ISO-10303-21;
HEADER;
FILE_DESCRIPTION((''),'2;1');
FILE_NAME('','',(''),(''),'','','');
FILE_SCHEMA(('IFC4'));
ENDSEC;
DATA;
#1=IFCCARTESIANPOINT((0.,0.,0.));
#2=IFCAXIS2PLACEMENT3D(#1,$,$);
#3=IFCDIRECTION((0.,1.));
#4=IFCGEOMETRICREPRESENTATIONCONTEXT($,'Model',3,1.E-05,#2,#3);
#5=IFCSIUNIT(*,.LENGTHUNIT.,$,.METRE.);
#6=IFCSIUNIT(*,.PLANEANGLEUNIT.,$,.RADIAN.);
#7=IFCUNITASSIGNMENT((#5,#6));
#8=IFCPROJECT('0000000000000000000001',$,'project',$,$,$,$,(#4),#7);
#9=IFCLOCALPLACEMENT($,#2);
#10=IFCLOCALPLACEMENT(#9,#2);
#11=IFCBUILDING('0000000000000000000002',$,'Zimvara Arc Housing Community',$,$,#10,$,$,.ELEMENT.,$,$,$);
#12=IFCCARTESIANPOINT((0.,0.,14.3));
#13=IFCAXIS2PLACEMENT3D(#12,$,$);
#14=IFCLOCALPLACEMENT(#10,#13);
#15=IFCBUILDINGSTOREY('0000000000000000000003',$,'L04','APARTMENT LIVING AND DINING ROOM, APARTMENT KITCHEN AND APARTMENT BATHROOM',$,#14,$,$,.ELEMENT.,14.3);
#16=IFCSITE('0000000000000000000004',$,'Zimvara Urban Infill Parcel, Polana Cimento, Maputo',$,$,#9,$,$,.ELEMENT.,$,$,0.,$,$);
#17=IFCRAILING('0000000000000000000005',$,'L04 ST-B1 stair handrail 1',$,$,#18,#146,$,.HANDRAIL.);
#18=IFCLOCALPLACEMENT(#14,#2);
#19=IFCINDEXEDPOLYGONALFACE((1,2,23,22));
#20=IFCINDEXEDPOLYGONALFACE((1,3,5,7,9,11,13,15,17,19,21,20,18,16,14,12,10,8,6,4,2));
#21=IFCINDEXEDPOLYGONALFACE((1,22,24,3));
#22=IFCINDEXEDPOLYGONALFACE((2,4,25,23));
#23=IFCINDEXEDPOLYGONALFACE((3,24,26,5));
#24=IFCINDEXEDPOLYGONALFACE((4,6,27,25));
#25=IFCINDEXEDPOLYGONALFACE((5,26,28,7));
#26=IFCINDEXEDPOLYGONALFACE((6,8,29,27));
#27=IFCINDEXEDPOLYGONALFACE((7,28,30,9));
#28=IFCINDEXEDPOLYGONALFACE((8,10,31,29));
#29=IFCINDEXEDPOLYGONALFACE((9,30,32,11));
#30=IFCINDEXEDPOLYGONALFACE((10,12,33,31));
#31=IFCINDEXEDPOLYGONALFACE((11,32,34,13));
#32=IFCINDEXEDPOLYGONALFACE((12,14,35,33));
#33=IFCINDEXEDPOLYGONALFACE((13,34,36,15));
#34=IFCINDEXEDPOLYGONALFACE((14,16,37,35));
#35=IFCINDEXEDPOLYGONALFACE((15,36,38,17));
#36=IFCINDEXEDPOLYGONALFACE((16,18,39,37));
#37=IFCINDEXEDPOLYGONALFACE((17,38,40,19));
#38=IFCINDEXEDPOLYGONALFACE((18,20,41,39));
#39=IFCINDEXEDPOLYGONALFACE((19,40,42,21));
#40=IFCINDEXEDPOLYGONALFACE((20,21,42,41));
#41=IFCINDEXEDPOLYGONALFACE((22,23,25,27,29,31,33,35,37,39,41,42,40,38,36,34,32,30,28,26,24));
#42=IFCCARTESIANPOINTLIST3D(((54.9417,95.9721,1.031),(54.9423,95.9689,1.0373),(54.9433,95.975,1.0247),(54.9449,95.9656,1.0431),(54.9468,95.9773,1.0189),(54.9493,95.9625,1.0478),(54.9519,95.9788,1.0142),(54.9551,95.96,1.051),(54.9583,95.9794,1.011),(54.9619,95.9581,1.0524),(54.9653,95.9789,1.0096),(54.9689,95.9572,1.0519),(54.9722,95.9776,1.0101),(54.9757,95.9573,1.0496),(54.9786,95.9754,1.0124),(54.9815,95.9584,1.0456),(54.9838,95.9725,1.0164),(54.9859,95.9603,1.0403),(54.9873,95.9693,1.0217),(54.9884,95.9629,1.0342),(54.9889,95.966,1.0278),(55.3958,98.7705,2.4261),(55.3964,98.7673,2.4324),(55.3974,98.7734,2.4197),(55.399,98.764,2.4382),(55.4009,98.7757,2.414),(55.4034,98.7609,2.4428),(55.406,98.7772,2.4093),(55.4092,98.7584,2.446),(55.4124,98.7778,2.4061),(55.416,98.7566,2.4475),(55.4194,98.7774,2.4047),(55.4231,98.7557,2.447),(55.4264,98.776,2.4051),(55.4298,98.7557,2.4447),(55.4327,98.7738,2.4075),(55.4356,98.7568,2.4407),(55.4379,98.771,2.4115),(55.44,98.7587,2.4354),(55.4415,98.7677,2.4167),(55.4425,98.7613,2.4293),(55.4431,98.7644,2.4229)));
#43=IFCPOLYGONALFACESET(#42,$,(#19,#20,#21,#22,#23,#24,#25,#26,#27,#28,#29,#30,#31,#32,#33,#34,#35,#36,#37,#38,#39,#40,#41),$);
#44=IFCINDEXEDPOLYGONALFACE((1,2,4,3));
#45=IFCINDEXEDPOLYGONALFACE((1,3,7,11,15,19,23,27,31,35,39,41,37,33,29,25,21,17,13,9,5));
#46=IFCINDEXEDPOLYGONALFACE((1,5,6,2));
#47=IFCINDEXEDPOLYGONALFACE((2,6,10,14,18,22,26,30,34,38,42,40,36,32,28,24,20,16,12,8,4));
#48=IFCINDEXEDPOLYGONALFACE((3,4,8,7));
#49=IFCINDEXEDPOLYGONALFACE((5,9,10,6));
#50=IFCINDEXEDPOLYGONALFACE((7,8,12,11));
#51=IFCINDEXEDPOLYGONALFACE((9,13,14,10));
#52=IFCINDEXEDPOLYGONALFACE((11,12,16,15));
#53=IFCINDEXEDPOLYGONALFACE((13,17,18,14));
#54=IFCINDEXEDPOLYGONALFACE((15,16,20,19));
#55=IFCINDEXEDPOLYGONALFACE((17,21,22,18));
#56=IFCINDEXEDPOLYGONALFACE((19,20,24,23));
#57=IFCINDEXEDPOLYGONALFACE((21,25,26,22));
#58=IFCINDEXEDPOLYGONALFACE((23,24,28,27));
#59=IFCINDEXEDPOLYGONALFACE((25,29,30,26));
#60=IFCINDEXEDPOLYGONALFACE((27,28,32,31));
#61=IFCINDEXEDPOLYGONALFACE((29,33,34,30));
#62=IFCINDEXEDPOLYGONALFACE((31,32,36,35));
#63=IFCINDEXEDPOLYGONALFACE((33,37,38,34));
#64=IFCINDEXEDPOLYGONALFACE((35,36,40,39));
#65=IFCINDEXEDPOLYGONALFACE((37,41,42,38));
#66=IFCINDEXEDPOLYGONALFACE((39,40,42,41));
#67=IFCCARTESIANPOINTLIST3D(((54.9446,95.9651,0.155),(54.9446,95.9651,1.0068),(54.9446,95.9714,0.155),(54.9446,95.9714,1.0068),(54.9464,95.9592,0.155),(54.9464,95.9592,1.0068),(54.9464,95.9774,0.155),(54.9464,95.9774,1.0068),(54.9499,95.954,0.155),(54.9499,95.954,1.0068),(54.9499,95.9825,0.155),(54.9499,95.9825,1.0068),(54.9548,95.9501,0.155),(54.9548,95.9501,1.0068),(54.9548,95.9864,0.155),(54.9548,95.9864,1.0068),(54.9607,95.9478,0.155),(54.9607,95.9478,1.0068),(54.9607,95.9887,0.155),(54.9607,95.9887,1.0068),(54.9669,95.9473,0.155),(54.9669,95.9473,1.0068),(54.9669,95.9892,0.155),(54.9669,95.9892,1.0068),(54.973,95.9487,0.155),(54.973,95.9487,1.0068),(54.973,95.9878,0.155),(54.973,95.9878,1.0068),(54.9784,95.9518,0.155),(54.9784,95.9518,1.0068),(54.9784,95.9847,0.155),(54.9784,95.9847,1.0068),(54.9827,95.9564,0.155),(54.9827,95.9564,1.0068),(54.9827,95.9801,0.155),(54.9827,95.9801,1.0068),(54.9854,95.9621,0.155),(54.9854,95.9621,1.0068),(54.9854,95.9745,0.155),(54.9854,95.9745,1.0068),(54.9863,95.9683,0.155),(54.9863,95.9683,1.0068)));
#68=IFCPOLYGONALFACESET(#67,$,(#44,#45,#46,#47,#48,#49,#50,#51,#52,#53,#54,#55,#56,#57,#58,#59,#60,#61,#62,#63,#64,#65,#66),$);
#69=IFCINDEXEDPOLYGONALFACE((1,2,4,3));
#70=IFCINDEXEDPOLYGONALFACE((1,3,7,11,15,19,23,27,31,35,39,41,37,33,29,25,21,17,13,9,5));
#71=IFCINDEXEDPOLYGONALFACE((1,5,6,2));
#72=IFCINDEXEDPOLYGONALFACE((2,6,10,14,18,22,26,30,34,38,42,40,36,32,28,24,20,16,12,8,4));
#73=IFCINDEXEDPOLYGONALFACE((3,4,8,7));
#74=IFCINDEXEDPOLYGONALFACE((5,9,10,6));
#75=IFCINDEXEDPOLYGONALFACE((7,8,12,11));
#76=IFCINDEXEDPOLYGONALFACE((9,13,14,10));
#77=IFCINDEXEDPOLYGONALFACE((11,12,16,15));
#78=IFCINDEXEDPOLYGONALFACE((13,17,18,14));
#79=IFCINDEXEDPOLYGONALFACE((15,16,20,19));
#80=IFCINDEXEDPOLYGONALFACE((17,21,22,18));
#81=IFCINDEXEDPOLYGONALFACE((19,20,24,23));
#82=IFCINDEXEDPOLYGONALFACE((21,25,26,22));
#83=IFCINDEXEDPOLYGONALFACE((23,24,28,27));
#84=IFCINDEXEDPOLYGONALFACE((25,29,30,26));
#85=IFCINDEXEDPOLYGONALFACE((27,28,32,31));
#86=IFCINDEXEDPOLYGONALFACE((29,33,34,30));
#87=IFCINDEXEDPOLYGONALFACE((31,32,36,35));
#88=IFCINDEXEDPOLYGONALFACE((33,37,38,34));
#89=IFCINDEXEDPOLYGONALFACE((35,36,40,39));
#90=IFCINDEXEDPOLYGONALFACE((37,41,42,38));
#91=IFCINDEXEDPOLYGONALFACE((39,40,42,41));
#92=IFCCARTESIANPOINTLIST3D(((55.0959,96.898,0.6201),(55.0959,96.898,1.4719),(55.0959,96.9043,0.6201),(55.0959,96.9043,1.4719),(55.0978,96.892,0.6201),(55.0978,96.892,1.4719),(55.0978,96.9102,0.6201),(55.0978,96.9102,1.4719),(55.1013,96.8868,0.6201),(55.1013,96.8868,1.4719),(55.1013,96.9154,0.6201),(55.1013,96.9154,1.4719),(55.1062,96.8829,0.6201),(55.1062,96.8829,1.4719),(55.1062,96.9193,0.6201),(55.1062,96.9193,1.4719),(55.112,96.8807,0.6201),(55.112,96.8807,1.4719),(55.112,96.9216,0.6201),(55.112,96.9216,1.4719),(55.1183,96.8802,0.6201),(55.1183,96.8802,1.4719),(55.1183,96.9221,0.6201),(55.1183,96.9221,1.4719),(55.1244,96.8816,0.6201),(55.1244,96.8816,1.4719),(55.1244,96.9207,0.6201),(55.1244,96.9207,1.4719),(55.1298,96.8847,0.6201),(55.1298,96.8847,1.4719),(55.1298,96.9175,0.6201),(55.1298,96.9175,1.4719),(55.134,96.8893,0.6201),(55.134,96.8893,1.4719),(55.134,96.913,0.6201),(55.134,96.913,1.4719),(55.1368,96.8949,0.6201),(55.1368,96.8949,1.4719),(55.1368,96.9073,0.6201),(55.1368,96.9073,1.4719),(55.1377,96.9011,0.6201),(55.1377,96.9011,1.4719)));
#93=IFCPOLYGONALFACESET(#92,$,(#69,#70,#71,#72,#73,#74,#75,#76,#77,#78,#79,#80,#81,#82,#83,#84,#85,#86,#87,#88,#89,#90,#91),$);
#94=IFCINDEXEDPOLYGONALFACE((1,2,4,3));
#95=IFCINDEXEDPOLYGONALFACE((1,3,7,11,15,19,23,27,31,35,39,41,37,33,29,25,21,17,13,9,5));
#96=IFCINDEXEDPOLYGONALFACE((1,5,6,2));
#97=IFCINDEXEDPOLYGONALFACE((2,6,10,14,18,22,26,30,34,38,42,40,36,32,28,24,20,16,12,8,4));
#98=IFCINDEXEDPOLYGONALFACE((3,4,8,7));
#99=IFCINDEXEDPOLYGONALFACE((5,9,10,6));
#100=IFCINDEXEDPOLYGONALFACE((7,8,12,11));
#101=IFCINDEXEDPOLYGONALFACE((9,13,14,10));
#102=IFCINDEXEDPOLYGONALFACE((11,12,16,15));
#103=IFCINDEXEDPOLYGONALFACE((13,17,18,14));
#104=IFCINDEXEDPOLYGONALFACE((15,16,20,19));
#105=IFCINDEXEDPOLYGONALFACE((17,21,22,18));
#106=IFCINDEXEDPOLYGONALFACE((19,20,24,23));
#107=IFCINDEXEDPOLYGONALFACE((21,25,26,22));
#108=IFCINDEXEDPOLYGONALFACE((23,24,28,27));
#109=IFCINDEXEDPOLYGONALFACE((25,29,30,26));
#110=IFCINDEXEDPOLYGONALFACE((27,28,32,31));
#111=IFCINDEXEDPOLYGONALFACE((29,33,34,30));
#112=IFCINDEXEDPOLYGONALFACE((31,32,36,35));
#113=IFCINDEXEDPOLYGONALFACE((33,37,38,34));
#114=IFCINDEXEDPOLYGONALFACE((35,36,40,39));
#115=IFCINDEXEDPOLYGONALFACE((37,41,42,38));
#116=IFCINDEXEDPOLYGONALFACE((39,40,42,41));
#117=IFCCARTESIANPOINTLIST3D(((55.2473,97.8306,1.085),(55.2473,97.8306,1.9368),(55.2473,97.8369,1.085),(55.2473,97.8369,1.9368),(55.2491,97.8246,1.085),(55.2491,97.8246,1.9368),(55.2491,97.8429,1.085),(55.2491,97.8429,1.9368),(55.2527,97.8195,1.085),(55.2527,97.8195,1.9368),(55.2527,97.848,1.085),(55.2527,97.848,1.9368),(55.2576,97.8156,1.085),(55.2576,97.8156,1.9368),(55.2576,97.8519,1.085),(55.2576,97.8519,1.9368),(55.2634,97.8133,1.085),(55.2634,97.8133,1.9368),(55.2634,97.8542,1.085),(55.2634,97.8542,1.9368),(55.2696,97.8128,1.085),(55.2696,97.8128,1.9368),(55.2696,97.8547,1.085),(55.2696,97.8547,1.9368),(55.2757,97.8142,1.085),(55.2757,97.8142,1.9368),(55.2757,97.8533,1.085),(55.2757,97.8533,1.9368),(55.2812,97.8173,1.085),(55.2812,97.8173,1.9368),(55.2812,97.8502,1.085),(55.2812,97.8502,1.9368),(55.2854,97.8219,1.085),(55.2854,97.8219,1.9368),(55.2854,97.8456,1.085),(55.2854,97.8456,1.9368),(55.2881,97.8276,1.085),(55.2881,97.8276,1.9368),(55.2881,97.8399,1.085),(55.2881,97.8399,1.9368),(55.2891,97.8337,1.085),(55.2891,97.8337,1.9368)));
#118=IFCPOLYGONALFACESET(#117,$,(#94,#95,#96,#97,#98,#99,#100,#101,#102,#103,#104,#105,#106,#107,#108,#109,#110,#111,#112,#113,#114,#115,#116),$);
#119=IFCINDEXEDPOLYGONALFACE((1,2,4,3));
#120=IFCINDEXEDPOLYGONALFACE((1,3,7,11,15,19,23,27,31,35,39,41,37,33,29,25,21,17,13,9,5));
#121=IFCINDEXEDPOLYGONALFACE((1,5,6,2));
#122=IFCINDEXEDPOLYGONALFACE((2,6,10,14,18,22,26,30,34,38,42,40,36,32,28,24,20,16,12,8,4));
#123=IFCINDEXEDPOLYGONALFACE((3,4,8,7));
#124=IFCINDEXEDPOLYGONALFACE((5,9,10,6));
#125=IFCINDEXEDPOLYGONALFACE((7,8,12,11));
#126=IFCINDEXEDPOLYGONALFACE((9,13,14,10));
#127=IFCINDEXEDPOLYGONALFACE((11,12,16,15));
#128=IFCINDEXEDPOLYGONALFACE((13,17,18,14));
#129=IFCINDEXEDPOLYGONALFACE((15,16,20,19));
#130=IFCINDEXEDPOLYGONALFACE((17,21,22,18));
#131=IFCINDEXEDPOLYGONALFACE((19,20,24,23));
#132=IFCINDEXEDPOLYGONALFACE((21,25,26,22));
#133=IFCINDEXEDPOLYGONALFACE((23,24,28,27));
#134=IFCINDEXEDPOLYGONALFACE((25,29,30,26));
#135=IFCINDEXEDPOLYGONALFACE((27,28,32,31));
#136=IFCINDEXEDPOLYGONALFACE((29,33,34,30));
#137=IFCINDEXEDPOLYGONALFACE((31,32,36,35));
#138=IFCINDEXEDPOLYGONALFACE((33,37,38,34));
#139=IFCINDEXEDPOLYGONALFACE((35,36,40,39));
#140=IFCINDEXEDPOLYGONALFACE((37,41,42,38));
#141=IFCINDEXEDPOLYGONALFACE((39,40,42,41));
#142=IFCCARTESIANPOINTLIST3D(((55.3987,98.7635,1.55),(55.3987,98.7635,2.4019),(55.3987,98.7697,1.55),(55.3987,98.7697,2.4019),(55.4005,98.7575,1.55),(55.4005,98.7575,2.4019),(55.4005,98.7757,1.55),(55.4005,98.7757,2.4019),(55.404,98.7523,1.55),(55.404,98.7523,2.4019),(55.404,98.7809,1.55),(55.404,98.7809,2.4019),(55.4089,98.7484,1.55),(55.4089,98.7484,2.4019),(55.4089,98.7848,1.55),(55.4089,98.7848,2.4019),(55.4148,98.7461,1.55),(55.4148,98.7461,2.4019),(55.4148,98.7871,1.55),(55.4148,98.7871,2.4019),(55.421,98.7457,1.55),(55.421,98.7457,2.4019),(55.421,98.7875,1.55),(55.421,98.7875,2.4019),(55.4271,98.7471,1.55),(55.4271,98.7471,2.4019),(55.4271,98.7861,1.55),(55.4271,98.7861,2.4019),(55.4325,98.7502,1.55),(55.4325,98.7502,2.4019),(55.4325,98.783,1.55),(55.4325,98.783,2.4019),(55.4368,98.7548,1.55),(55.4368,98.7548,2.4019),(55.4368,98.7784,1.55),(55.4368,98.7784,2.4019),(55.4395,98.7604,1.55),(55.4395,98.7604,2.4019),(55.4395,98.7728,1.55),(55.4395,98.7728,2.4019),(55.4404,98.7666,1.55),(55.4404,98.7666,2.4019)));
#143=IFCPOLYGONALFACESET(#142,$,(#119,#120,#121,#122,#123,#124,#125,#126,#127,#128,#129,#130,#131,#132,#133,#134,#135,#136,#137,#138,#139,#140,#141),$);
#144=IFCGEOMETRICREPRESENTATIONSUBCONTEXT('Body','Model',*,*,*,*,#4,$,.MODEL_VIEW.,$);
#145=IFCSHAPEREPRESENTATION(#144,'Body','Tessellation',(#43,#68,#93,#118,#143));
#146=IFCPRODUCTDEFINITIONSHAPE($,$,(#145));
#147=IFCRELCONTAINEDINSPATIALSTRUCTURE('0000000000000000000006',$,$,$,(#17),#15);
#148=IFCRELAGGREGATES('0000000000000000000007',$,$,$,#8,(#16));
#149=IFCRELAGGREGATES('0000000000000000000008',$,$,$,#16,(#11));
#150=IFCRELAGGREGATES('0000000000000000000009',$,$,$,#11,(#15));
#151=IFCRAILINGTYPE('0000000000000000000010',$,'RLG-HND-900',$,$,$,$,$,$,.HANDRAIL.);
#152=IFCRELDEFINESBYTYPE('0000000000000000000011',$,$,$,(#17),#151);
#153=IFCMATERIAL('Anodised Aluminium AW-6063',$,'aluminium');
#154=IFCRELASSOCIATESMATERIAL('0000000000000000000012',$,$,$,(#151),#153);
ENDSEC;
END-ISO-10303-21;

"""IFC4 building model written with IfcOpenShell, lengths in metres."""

from ifc_helpers import new_model, si_unit, direction, frame, origin, origin_2d, place, context, subcontext, project, spatial, circle, extrude, material, type_object, element, save


model = new_model("IFC4")

# Units and contexts
model_context = context("Model", 3, precision=1e-05, world=origin(), true_north=direction((0.0, 1.0)))
body_context = subcontext(model_context, "Body", "Model", "MODEL_VIEW")
ifc_project = project(units=[si_unit("LENGTHUNIT", "METRE"), si_unit("PLANEANGLEUNIT", "RADIAN")], contexts=[model_context])

# Site, building, storey
site_placement = place(None, origin())
site = spatial("IfcSite", under=ifc_project, at=site_placement, Name="Zimvara Urban Infill Parcel, Polana Cimento, Maputo", CompositionType="ELEMENT", RefElevation=0.0)
building_placement = place(site_placement, origin())
building = spatial("IfcBuilding", under=site, at=building_placement, Name="Zimvara Arc Housing Community", CompositionType="ELEMENT")
storey_placement = place(building_placement, frame((0.0, 0.0, 14.3)))
storey = spatial("IfcBuildingStorey", under=building, at=storey_placement, Name="L04", Description="APARTMENT LIVING AND DINING ROOM, APARTMENT KITCHEN AND APARTMENT BATHROOM", CompositionType="ELEMENT", Elevation=14.3)

# Railing
ifc_material_1 = material(Name="Anodised Aluminium AW-6063", Category="aluminium")
railing_type = type_object("IfcRailingType", Name="RLG-HND-900", PredefinedType="HANDRAIL", material=ifc_material_1)
railing_placement = place(storey_placement, frame((54.9653, 95.9683, 0.155)))
element("IfcRailing", 1, at=railing_placement, inside=storey, type_object=railing_type, Name="L04 ST-B1 stair handrail 1", PredefinedType="HANDRAIL", context=body_context, shape_type="SweptSolid", body=[
    extrude(circle(Radius=0.0239, at=origin_2d()), frame((0.0, 0.0, 0.876), z_axis=(0.143722, 0.885666, 0.44152), x_axis=(-0.987088, 0.16018, 0.0)), (0.0, 0.0, 1.0), 3.1597),
    extrude(circle(Radius=0.021, at=origin_2d()), origin(), (0.0, 0.0, 1.0), 0.8518),
    extrude(circle(Radius=0.021, at=origin_2d()), frame((0.1514, 0.9329, 0.4651)), (0.0, 0.0, 1.0), 0.8518),
    extrude(circle(Radius=0.021, at=origin_2d()), frame((0.3027, 1.8655, 0.9299)), (0.0, 0.0, 1.0), 0.8518),
    extrude(circle(Radius=0.021, at=origin_2d()), frame((0.4541, 2.7983, 1.395)), (0.0, 0.0, 1.0), 0.8518),
])

save(model, "model.ifc")
